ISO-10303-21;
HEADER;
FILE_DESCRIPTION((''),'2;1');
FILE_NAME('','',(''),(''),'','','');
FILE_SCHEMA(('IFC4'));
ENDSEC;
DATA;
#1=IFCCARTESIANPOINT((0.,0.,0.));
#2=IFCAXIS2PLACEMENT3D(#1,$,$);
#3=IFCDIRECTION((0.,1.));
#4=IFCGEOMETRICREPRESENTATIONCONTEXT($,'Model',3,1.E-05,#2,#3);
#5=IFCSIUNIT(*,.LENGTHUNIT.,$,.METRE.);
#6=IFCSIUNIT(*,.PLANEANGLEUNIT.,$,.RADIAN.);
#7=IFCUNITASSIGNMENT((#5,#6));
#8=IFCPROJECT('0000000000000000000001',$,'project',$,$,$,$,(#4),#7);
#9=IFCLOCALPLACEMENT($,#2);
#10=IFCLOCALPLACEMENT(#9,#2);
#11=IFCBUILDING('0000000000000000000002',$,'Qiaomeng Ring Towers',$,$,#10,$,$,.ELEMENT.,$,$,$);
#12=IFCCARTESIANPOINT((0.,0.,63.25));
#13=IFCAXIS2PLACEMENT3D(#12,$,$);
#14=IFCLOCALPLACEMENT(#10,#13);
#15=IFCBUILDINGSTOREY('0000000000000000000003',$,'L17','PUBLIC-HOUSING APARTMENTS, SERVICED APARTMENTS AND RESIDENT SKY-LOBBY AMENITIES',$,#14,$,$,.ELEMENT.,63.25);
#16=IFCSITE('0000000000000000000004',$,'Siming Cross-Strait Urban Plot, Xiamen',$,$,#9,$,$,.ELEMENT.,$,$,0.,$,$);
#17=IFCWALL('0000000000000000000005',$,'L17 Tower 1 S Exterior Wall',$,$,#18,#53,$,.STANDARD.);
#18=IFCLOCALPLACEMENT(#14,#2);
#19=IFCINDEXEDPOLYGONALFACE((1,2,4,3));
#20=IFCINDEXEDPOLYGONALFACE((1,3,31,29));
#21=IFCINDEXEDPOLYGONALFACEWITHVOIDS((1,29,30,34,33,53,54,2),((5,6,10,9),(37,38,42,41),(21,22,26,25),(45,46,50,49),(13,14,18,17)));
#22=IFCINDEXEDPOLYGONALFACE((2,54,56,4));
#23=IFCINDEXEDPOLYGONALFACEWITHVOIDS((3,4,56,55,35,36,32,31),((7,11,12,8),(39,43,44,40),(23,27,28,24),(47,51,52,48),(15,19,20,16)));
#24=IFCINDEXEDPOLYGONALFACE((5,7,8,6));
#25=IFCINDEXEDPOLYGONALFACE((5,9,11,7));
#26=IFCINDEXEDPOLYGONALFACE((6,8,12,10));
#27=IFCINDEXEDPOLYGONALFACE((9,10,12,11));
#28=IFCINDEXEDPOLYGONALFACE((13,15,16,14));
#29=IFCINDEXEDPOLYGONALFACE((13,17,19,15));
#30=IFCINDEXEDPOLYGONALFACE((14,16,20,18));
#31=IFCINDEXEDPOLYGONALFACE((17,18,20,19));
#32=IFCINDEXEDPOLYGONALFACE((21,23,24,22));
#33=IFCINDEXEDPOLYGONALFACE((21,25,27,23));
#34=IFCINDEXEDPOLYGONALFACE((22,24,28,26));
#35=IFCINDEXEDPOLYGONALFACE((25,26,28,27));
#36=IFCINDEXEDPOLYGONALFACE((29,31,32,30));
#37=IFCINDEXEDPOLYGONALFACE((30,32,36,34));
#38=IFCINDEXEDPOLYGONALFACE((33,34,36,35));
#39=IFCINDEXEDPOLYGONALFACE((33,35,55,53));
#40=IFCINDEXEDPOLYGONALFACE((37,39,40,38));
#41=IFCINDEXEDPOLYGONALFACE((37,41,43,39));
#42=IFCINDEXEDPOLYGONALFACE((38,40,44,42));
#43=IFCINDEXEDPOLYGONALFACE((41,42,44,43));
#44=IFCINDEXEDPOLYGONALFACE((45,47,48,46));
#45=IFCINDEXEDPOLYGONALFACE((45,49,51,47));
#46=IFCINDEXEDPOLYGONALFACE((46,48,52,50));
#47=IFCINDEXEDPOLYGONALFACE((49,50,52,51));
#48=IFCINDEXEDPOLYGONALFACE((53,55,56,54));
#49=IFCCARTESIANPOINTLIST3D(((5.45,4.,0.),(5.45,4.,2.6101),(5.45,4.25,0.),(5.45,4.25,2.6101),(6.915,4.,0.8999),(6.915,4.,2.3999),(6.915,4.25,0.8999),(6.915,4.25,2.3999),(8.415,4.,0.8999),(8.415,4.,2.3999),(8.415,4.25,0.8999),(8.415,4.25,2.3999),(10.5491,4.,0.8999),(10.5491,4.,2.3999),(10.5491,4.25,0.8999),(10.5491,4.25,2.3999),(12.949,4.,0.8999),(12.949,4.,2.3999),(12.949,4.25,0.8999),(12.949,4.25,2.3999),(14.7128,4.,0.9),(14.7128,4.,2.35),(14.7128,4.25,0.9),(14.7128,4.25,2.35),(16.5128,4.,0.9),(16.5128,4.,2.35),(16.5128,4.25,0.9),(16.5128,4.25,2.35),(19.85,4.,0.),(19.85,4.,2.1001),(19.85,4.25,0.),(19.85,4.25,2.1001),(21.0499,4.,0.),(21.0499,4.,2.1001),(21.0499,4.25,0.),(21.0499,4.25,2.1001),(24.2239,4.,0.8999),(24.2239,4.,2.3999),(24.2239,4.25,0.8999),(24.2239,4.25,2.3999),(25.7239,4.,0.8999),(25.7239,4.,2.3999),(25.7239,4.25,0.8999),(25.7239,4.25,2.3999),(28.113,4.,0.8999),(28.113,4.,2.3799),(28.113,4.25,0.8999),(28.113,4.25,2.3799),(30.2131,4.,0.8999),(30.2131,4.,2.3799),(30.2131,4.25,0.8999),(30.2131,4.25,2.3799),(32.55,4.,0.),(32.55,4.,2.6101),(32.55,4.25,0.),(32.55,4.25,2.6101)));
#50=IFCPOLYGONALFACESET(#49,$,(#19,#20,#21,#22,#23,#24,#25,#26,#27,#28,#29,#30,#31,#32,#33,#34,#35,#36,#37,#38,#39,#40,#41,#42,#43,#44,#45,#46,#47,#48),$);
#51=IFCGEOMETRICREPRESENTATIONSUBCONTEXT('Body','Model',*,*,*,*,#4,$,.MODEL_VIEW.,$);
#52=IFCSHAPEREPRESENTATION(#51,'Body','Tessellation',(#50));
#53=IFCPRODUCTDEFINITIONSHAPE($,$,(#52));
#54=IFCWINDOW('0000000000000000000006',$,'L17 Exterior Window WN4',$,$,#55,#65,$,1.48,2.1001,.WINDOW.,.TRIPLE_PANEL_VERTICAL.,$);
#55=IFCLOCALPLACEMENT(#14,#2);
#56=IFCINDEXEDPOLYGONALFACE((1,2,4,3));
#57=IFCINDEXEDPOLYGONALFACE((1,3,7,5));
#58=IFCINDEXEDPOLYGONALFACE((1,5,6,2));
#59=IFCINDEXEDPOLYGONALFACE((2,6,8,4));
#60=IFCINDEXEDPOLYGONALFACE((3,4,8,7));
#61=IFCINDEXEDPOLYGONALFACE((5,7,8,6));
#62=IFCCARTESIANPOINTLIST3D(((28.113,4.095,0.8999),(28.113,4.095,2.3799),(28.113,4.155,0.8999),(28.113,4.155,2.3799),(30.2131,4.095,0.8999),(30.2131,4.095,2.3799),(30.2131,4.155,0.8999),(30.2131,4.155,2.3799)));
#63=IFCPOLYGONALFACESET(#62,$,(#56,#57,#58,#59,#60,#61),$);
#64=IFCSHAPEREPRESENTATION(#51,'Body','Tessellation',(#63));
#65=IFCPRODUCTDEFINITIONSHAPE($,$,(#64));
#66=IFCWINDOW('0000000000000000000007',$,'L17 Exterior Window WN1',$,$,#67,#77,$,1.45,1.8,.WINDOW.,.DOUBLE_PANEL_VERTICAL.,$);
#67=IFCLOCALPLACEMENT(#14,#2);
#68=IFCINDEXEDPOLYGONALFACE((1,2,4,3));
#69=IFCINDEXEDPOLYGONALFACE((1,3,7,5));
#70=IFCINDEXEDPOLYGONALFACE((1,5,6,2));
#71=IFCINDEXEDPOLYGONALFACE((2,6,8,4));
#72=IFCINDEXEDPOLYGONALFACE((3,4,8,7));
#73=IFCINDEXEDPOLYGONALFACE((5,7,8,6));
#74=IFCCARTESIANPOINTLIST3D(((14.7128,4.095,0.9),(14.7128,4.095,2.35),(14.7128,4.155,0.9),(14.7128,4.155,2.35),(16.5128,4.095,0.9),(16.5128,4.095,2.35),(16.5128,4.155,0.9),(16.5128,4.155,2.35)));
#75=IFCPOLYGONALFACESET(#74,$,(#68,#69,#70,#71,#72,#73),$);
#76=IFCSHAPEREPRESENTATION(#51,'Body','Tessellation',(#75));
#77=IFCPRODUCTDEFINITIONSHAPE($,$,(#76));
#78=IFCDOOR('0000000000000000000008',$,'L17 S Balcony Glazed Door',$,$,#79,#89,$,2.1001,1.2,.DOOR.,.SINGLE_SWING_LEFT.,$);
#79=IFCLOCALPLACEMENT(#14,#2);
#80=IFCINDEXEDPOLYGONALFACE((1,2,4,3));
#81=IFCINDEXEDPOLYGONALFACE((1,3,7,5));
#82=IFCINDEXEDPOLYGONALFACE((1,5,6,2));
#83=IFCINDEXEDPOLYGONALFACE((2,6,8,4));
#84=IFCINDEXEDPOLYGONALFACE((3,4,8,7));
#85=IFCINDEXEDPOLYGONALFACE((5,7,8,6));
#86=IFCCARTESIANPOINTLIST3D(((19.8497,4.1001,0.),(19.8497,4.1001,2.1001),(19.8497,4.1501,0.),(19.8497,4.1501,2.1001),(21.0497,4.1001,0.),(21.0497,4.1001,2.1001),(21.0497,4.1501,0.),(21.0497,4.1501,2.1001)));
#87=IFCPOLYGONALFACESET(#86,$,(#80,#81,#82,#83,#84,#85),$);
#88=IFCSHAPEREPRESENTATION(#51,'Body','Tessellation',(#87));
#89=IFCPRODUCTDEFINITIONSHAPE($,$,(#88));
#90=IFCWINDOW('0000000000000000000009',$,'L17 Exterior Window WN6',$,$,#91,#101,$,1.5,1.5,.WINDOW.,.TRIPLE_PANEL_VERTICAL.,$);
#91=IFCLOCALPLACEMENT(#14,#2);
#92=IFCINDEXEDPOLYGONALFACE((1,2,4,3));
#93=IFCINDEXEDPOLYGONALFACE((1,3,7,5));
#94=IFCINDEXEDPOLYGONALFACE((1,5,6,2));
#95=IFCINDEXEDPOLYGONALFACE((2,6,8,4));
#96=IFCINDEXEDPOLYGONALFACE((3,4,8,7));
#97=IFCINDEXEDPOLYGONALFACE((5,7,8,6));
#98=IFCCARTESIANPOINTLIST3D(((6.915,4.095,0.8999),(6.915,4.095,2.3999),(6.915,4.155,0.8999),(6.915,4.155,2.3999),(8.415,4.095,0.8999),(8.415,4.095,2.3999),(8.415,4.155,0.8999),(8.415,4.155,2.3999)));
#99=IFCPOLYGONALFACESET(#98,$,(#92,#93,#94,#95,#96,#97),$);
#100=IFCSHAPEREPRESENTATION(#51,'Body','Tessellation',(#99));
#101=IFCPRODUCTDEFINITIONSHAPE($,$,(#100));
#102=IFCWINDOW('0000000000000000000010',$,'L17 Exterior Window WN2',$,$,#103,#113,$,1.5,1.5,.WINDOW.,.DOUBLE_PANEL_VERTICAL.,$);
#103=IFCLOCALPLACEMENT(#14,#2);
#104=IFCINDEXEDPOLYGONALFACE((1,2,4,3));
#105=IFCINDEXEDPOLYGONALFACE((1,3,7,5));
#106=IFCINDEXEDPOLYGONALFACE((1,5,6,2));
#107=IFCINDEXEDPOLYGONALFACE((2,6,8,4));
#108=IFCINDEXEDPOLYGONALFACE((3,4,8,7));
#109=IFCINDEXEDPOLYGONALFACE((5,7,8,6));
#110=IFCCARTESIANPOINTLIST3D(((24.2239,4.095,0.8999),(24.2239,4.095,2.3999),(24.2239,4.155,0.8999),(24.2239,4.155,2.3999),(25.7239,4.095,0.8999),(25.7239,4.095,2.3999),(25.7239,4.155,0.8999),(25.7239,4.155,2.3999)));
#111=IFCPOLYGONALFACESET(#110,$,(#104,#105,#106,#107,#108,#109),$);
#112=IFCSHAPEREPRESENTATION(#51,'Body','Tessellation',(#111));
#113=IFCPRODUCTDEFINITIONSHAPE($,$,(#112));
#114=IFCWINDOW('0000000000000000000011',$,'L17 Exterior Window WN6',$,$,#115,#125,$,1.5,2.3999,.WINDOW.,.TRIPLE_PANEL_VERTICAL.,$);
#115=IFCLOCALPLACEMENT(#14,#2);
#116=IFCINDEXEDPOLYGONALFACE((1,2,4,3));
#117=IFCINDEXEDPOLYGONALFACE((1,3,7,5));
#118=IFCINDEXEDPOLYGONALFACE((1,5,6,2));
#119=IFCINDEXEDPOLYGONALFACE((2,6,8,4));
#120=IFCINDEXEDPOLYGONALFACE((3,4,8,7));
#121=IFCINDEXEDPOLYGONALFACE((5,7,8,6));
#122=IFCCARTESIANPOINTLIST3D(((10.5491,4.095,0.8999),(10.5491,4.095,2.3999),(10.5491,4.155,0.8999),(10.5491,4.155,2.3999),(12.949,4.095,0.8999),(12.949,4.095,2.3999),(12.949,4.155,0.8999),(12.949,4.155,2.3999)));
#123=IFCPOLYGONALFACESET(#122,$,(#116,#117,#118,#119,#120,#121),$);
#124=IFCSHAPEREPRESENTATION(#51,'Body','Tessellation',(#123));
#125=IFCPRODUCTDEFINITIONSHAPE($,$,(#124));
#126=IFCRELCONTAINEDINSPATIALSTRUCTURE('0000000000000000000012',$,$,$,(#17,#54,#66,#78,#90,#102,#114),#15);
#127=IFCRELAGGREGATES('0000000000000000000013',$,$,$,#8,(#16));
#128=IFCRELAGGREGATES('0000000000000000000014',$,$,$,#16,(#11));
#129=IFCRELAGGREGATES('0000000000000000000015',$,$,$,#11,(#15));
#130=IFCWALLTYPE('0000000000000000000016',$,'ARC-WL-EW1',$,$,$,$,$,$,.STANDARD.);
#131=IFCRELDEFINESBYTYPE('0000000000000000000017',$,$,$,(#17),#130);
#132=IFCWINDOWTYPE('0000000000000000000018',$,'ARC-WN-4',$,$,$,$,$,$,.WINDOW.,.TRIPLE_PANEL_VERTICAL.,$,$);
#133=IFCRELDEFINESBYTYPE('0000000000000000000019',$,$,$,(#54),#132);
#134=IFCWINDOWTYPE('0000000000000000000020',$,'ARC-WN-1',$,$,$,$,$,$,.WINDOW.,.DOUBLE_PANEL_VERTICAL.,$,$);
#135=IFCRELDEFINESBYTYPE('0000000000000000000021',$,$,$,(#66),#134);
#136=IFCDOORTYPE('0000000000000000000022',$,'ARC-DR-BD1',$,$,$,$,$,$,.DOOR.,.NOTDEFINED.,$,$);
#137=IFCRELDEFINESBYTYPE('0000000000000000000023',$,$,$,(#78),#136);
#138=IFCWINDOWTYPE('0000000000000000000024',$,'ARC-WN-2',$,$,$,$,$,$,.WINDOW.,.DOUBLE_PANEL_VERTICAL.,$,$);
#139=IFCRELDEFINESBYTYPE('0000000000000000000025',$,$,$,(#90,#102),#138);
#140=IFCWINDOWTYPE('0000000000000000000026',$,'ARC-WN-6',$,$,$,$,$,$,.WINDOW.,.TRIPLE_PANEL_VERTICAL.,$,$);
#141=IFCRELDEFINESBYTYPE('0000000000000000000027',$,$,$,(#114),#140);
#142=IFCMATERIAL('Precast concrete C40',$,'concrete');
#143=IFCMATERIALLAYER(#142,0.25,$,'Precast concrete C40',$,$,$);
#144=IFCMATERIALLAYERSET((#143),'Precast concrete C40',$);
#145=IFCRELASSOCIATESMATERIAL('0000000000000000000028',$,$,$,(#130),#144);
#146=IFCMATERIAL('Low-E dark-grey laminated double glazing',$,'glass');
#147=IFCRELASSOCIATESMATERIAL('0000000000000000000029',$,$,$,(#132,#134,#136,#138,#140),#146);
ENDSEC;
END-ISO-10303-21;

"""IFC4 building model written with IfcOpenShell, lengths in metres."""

from ifc_helpers import new_model, si_unit, direction, frame, frame_2d, origin, place, context, subcontext, project, spatial, rectangle, extrude, source, transform, mapped, material, layer, layer_set, type_object, element, fill, save


model = new_model("IFC4")

# Units and contexts
model_context = context("Model", 3, precision=1e-05, world=origin(), true_north=direction((0.0, 1.0)))
body_context = subcontext(model_context, "Body", "Model", "MODEL_VIEW")
ifc_project = project(units=[si_unit("LENGTHUNIT", "METRE"), si_unit("PLANEANGLEUNIT", "RADIAN")], contexts=[model_context])

# Site, building, storey
site_placement = place(None, origin())
site = spatial("IfcSite", under=ifc_project, at=site_placement, Name="Siming Cross-Strait Urban Plot, Xiamen", CompositionType="ELEMENT", RefElevation=0.0)
building_placement = place(site_placement, origin())
building = spatial("IfcBuilding", under=site, at=building_placement, Name="Qiaomeng Ring Towers", CompositionType="ELEMENT")
storey_placement = place(building_placement, frame((0.0, 0.0, 63.25)))
storey = spatial("IfcBuildingStorey", under=building, at=storey_placement, Name="L17", Description="PUBLIC-HOUSING APARTMENTS, SERVICED APARTMENTS AND RESIDENT SKY-LOBBY AMENITIES", CompositionType="ELEMENT", Elevation=63.25)

# Wall, openings, windows, door
ifc_material_1 = material(Name="Precast concrete C40", Category="concrete")
ifc_layer_1 = layer(ifc_material_1, 0.25, Name="Precast concrete C40")
ifc_layer_set_1 = layer_set([ifc_layer_1], Name="Precast concrete C40")
wall_type_1 = type_object("IfcWallType", Name="ARC-WL-EW1", PredefinedType="STANDARD", material=ifc_layer_set_1)
wall_1_placement = place(storey_placement, frame((5.45, 4.125, 0.0), z_axis=(0.0, 0.0, 1.0), x_axis=(1.0, 0.0, 0.0)))
wall_1 = element("IfcWall", 1, at=wall_1_placement, inside=storey, type_object=wall_type_1, Name="L17 Tower 1 S Exterior Wall", PredefinedType="STANDARD", context=body_context, shape_type="SweptSolid", body=[
    extrude(rectangle(XDim=27.1001, YDim=0.25, at=frame_2d((13.55, 0.0))), origin(), (0.0, 0.0, 1.0), 2.6101),
])
opening_1_placement = place(wall_1_placement, frame((14.3999, 0.0, 0.0)))
opening_1 = element("IfcOpeningElement", 2, at=opening_1_placement, cuts=wall_1, PredefinedType="OPENING", context=body_context, shape_type="SweptSolid", body=[
    extrude(rectangle(XDim=1.2, YDim=2.1001, at=frame_2d((0.6001, 1.05))), frame((0.0, 0.135, 0.0), z_axis=(0.0, -1.0, 0.0), x_axis=(1.0, 0.0, 0.0)), (0.0, 0.0, 1.0), 0.27),
])
opening_2_placement = place(wall_1_placement, frame((1.4651, 0.0, 0.8999)))
opening_2 = element("IfcOpeningElement", 3, at=opening_2_placement, cuts=wall_1, PredefinedType="OPENING", context=body_context, shape_type="SweptSolid", body=[
    extrude(rectangle(XDim=1.5, YDim=1.5, at=frame_2d((0.75, 0.75))), frame((0.0, 0.135, 0.0), z_axis=(0.0, -1.0, 0.0), x_axis=(1.0, 0.0, 0.0)), (0.0, 0.0, 1.0), 0.27),
])
opening_3_placement = place(wall_1_placement, frame((9.2629, 0.0, 0.8999)))
opening_3 = element("IfcOpeningElement", 4, at=opening_3_placement, cuts=wall_1, PredefinedType="OPENING", context=body_context, shape_type="SweptSolid", body=[
    extrude(rectangle(XDim=1.8, YDim=1.45, at=frame_2d((0.8999, 0.7251))), frame((0.0, 0.135, 0.0), z_axis=(0.0, -1.0, 0.0), x_axis=(1.0, 0.0, 0.0)), (0.0, 0.0, 1.0), 0.27),
])
opening_4_placement = place(wall_1_placement, frame((18.7739, 0.0, 0.8999)))
opening_4 = element("IfcOpeningElement", 5, at=opening_4_placement, cuts=wall_1, PredefinedType="OPENING", context=body_context, shape_type="SweptSolid", body=[
    extrude(rectangle(XDim=1.5, YDim=1.5, at=frame_2d((0.75, 0.75))), frame((0.0, 0.135, 0.0), z_axis=(0.0, -1.0, 0.0), x_axis=(1.0, 0.0, 0.0)), (0.0, 0.0, 1.0), 0.27),
])
opening_5_placement = place(wall_1_placement, frame((22.6631, 0.0, 0.8999)))
opening_5 = element("IfcOpeningElement", 6, at=opening_5_placement, cuts=wall_1, PredefinedType="OPENING", context=body_context, shape_type="SweptSolid", body=[
    extrude(rectangle(XDim=2.1001, YDim=1.48, at=frame_2d((1.05, 0.74))), frame((0.0, 0.135, 0.0), z_axis=(0.0, -1.0, 0.0), x_axis=(1.0, 0.0, 0.0)), (0.0, 0.0, 1.0), 0.27),
])
opening_6_placement = place(wall_1_placement, frame((5.0991, 0.0, 0.8999)))
opening_6 = element("IfcOpeningElement", 7, at=opening_6_placement, cuts=wall_1, PredefinedType="OPENING", context=body_context, shape_type="SweptSolid", body=[
    extrude(rectangle(XDim=2.3999, YDim=1.5, at=frame_2d((1.2, 0.75))), frame((0.0, 0.135, 0.0), z_axis=(0.0, -1.0, 0.0), x_axis=(1.0, 0.0, 0.0)), (0.0, 0.0, 1.0), 0.27),
])
ifc_material_2 = material(Name="Low-E dark-grey laminated double glazing", Category="glass")
window_type_1 = type_object("IfcWindowType", Name="ARC-WN-4", PartitioningType="TRIPLE_PANEL_VERTICAL", PredefinedType="WINDOW", material=ifc_material_2)
shared_shape_1 = source(origin(), body_context, "Body", "SweptSolid", [
    extrude(rectangle(XDim=2.1001, YDim=1.48, at=frame_2d((1.05, 0.74))), frame((0.0, 0.03, 0.0), z_axis=(0.0, -1.0, 0.0), x_axis=(1.0, 0.0, 0.0)), (0.0, 0.0, 1.0), 0.0601),
])
window_1_placement = place(opening_5_placement, origin())
window_1 = element("IfcWindow", 8, at=window_1_placement, inside=storey, type_object=window_type_1, Name="L17 Exterior Window WN4", OverallHeight=1.48, OverallWidth=2.1001, PartitioningType="TRIPLE_PANEL_VERTICAL", PredefinedType="WINDOW", context=body_context, shape_type="MappedRepresentation", body=[
    mapped(shared_shape_1, transform((0.0, 0.0, 0.0), x_axis=(1.0, 0.0, 0.0), y_axis=(0.0, 1.0, 0.0), z_axis=(0.0, 0.0, 1.0), scale=1.0)),
])
fill(opening_5, window_1)
window_type_2 = type_object("IfcWindowType", Name="ARC-WN-1", PartitioningType="DOUBLE_PANEL_VERTICAL", PredefinedType="WINDOW", material=ifc_material_2)
shared_shape_2 = source(origin(), body_context, "Body", "SweptSolid", [
    extrude(rectangle(XDim=1.8, YDim=1.45, at=frame_2d((0.8999, 0.7251))), frame((0.0, 0.03, 0.0), z_axis=(0.0, -1.0, 0.0), x_axis=(1.0, 0.0, 0.0)), (0.0, 0.0, 1.0), 0.0601),
])
window_2_placement = place(opening_3_placement, origin())
window_2 = element("IfcWindow", 9, at=window_2_placement, inside=storey, type_object=window_type_2, Name="L17 Exterior Window WN1", OverallHeight=1.45, OverallWidth=1.8, PartitioningType="DOUBLE_PANEL_VERTICAL", PredefinedType="WINDOW", context=body_context, shape_type="MappedRepresentation", body=[
    mapped(shared_shape_2, transform((0.0, 0.0, 0.0), x_axis=(1.0, 0.0, 0.0), y_axis=(0.0, 1.0, 0.0), z_axis=(0.0, 0.0, 1.0), scale=1.0)),
])
fill(opening_3, window_2)
door_type = type_object("IfcDoorType", Name="ARC-DR-BD1", OperationType="NOTDEFINED", PredefinedType="DOOR", material=ifc_material_2)
shared_shape_3 = source(origin(), body_context, "Body", "SweptSolid", [
    extrude(rectangle(XDim=1.2, YDim=2.1001, at=frame_2d((0.6001, 1.05))), frame((0.0, 0.0249, 0.0), z_axis=(0.0, -1.0, 0.0), x_axis=(1.0, 0.0, 0.0)), (0.0, 0.0, 1.0), 0.05),
])
door_1_placement = place(opening_1_placement, frame((1.2, 0.0, 0.0), z_axis=(0.0, 0.0, 1.0), x_axis=(-1.0, 0.0, 0.0)))
door_1 = element("IfcDoor", 10, at=door_1_placement, inside=storey, type_object=door_type, Name="L17 S Balcony Glazed Door", OperationType="SINGLE_SWING_LEFT", OverallHeight=2.1001, OverallWidth=1.2, PredefinedType="DOOR", context=body_context, shape_type="MappedRepresentation", body=[
    mapped(shared_shape_3, transform((0.0, 0.0, 0.0), x_axis=(1.0, 0.0, 0.0), y_axis=(0.0, 1.0, 0.0), z_axis=(0.0, 0.0, 1.0), scale=1.0)),
])
fill(opening_1, door_1)
window_type_3 = type_object("IfcWindowType", Name="ARC-WN-2", PartitioningType="DOUBLE_PANEL_VERTICAL", PredefinedType="WINDOW", material=ifc_material_2)
shared_shape_4 = source(origin(), body_context, "Body", "SweptSolid", [
    extrude(rectangle(XDim=1.5, YDim=1.5, at=frame_2d((0.75, 0.75))), frame((0.0, 0.03, 0.0), z_axis=(0.0, -1.0, 0.0), x_axis=(1.0, 0.0, 0.0)), (0.0, 0.0, 1.0), 0.0601),
])
window_3_placement = place(opening_2_placement, origin())
window_3 = element("IfcWindow", 11, at=window_3_placement, inside=storey, type_object=window_type_3, Name="L17 Exterior Window WN6", OverallHeight=1.5, OverallWidth=1.5, PartitioningType="TRIPLE_PANEL_VERTICAL", PredefinedType="WINDOW", context=body_context, shape_type="MappedRepresentation", body=[
    mapped(shared_shape_4, transform((0.0, 0.0, 0.0), x_axis=(1.0, 0.0, 0.0), y_axis=(0.0, 1.0, 0.0), z_axis=(0.0, 0.0, 1.0), scale=1.0)),
])
fill(opening_2, window_3)
window_4_placement = place(opening_4_placement, origin())
window_4 = element("IfcWindow", 12, at=window_4_placement, inside=storey, type_object=window_type_3, Name="L17 Exterior Window WN2", OverallHeight=1.5, OverallWidth=1.5, PartitioningType="DOUBLE_PANEL_VERTICAL", PredefinedType="WINDOW", context=body_context, shape_type="MappedRepresentation", body=[
    mapped(shared_shape_4, transform((0.0, 0.0, 0.0), x_axis=(1.0, 0.0, 0.0), y_axis=(0.0, 1.0, 0.0), z_axis=(0.0, 0.0, 1.0), scale=1.0)),
])
fill(opening_4, window_4)
window_type_4 = type_object("IfcWindowType", Name="ARC-WN-6", PartitioningType="TRIPLE_PANEL_VERTICAL", PredefinedType="WINDOW", material=ifc_material_2)
shared_shape_5 = source(origin(), body_context, "Body", "SweptSolid", [
    extrude(rectangle(XDim=2.3999, YDim=1.5, at=frame_2d((1.2, 0.75))), frame((0.0, 0.03, 0.0), z_axis=(0.0, -1.0, 0.0), x_axis=(1.0, 0.0, 0.0)), (0.0, 0.0, 1.0), 0.0601),
])
window_5_placement = place(opening_6_placement, origin())
window_5 = element("IfcWindow", 13, at=window_5_placement, inside=storey, type_object=window_type_4, Name="L17 Exterior Window WN6", OverallHeight=1.5, OverallWidth=2.3999, PartitioningType="TRIPLE_PANEL_VERTICAL", PredefinedType="WINDOW", context=body_context, shape_type="MappedRepresentation", body=[
    mapped(shared_shape_5, transform((0.0, 0.0, 0.0), x_axis=(1.0, 0.0, 0.0), y_axis=(0.0, 1.0, 0.0), z_axis=(0.0, 0.0, 1.0), scale=1.0)),
])
fill(opening_6, window_5)

save(model, "model.ifc")
